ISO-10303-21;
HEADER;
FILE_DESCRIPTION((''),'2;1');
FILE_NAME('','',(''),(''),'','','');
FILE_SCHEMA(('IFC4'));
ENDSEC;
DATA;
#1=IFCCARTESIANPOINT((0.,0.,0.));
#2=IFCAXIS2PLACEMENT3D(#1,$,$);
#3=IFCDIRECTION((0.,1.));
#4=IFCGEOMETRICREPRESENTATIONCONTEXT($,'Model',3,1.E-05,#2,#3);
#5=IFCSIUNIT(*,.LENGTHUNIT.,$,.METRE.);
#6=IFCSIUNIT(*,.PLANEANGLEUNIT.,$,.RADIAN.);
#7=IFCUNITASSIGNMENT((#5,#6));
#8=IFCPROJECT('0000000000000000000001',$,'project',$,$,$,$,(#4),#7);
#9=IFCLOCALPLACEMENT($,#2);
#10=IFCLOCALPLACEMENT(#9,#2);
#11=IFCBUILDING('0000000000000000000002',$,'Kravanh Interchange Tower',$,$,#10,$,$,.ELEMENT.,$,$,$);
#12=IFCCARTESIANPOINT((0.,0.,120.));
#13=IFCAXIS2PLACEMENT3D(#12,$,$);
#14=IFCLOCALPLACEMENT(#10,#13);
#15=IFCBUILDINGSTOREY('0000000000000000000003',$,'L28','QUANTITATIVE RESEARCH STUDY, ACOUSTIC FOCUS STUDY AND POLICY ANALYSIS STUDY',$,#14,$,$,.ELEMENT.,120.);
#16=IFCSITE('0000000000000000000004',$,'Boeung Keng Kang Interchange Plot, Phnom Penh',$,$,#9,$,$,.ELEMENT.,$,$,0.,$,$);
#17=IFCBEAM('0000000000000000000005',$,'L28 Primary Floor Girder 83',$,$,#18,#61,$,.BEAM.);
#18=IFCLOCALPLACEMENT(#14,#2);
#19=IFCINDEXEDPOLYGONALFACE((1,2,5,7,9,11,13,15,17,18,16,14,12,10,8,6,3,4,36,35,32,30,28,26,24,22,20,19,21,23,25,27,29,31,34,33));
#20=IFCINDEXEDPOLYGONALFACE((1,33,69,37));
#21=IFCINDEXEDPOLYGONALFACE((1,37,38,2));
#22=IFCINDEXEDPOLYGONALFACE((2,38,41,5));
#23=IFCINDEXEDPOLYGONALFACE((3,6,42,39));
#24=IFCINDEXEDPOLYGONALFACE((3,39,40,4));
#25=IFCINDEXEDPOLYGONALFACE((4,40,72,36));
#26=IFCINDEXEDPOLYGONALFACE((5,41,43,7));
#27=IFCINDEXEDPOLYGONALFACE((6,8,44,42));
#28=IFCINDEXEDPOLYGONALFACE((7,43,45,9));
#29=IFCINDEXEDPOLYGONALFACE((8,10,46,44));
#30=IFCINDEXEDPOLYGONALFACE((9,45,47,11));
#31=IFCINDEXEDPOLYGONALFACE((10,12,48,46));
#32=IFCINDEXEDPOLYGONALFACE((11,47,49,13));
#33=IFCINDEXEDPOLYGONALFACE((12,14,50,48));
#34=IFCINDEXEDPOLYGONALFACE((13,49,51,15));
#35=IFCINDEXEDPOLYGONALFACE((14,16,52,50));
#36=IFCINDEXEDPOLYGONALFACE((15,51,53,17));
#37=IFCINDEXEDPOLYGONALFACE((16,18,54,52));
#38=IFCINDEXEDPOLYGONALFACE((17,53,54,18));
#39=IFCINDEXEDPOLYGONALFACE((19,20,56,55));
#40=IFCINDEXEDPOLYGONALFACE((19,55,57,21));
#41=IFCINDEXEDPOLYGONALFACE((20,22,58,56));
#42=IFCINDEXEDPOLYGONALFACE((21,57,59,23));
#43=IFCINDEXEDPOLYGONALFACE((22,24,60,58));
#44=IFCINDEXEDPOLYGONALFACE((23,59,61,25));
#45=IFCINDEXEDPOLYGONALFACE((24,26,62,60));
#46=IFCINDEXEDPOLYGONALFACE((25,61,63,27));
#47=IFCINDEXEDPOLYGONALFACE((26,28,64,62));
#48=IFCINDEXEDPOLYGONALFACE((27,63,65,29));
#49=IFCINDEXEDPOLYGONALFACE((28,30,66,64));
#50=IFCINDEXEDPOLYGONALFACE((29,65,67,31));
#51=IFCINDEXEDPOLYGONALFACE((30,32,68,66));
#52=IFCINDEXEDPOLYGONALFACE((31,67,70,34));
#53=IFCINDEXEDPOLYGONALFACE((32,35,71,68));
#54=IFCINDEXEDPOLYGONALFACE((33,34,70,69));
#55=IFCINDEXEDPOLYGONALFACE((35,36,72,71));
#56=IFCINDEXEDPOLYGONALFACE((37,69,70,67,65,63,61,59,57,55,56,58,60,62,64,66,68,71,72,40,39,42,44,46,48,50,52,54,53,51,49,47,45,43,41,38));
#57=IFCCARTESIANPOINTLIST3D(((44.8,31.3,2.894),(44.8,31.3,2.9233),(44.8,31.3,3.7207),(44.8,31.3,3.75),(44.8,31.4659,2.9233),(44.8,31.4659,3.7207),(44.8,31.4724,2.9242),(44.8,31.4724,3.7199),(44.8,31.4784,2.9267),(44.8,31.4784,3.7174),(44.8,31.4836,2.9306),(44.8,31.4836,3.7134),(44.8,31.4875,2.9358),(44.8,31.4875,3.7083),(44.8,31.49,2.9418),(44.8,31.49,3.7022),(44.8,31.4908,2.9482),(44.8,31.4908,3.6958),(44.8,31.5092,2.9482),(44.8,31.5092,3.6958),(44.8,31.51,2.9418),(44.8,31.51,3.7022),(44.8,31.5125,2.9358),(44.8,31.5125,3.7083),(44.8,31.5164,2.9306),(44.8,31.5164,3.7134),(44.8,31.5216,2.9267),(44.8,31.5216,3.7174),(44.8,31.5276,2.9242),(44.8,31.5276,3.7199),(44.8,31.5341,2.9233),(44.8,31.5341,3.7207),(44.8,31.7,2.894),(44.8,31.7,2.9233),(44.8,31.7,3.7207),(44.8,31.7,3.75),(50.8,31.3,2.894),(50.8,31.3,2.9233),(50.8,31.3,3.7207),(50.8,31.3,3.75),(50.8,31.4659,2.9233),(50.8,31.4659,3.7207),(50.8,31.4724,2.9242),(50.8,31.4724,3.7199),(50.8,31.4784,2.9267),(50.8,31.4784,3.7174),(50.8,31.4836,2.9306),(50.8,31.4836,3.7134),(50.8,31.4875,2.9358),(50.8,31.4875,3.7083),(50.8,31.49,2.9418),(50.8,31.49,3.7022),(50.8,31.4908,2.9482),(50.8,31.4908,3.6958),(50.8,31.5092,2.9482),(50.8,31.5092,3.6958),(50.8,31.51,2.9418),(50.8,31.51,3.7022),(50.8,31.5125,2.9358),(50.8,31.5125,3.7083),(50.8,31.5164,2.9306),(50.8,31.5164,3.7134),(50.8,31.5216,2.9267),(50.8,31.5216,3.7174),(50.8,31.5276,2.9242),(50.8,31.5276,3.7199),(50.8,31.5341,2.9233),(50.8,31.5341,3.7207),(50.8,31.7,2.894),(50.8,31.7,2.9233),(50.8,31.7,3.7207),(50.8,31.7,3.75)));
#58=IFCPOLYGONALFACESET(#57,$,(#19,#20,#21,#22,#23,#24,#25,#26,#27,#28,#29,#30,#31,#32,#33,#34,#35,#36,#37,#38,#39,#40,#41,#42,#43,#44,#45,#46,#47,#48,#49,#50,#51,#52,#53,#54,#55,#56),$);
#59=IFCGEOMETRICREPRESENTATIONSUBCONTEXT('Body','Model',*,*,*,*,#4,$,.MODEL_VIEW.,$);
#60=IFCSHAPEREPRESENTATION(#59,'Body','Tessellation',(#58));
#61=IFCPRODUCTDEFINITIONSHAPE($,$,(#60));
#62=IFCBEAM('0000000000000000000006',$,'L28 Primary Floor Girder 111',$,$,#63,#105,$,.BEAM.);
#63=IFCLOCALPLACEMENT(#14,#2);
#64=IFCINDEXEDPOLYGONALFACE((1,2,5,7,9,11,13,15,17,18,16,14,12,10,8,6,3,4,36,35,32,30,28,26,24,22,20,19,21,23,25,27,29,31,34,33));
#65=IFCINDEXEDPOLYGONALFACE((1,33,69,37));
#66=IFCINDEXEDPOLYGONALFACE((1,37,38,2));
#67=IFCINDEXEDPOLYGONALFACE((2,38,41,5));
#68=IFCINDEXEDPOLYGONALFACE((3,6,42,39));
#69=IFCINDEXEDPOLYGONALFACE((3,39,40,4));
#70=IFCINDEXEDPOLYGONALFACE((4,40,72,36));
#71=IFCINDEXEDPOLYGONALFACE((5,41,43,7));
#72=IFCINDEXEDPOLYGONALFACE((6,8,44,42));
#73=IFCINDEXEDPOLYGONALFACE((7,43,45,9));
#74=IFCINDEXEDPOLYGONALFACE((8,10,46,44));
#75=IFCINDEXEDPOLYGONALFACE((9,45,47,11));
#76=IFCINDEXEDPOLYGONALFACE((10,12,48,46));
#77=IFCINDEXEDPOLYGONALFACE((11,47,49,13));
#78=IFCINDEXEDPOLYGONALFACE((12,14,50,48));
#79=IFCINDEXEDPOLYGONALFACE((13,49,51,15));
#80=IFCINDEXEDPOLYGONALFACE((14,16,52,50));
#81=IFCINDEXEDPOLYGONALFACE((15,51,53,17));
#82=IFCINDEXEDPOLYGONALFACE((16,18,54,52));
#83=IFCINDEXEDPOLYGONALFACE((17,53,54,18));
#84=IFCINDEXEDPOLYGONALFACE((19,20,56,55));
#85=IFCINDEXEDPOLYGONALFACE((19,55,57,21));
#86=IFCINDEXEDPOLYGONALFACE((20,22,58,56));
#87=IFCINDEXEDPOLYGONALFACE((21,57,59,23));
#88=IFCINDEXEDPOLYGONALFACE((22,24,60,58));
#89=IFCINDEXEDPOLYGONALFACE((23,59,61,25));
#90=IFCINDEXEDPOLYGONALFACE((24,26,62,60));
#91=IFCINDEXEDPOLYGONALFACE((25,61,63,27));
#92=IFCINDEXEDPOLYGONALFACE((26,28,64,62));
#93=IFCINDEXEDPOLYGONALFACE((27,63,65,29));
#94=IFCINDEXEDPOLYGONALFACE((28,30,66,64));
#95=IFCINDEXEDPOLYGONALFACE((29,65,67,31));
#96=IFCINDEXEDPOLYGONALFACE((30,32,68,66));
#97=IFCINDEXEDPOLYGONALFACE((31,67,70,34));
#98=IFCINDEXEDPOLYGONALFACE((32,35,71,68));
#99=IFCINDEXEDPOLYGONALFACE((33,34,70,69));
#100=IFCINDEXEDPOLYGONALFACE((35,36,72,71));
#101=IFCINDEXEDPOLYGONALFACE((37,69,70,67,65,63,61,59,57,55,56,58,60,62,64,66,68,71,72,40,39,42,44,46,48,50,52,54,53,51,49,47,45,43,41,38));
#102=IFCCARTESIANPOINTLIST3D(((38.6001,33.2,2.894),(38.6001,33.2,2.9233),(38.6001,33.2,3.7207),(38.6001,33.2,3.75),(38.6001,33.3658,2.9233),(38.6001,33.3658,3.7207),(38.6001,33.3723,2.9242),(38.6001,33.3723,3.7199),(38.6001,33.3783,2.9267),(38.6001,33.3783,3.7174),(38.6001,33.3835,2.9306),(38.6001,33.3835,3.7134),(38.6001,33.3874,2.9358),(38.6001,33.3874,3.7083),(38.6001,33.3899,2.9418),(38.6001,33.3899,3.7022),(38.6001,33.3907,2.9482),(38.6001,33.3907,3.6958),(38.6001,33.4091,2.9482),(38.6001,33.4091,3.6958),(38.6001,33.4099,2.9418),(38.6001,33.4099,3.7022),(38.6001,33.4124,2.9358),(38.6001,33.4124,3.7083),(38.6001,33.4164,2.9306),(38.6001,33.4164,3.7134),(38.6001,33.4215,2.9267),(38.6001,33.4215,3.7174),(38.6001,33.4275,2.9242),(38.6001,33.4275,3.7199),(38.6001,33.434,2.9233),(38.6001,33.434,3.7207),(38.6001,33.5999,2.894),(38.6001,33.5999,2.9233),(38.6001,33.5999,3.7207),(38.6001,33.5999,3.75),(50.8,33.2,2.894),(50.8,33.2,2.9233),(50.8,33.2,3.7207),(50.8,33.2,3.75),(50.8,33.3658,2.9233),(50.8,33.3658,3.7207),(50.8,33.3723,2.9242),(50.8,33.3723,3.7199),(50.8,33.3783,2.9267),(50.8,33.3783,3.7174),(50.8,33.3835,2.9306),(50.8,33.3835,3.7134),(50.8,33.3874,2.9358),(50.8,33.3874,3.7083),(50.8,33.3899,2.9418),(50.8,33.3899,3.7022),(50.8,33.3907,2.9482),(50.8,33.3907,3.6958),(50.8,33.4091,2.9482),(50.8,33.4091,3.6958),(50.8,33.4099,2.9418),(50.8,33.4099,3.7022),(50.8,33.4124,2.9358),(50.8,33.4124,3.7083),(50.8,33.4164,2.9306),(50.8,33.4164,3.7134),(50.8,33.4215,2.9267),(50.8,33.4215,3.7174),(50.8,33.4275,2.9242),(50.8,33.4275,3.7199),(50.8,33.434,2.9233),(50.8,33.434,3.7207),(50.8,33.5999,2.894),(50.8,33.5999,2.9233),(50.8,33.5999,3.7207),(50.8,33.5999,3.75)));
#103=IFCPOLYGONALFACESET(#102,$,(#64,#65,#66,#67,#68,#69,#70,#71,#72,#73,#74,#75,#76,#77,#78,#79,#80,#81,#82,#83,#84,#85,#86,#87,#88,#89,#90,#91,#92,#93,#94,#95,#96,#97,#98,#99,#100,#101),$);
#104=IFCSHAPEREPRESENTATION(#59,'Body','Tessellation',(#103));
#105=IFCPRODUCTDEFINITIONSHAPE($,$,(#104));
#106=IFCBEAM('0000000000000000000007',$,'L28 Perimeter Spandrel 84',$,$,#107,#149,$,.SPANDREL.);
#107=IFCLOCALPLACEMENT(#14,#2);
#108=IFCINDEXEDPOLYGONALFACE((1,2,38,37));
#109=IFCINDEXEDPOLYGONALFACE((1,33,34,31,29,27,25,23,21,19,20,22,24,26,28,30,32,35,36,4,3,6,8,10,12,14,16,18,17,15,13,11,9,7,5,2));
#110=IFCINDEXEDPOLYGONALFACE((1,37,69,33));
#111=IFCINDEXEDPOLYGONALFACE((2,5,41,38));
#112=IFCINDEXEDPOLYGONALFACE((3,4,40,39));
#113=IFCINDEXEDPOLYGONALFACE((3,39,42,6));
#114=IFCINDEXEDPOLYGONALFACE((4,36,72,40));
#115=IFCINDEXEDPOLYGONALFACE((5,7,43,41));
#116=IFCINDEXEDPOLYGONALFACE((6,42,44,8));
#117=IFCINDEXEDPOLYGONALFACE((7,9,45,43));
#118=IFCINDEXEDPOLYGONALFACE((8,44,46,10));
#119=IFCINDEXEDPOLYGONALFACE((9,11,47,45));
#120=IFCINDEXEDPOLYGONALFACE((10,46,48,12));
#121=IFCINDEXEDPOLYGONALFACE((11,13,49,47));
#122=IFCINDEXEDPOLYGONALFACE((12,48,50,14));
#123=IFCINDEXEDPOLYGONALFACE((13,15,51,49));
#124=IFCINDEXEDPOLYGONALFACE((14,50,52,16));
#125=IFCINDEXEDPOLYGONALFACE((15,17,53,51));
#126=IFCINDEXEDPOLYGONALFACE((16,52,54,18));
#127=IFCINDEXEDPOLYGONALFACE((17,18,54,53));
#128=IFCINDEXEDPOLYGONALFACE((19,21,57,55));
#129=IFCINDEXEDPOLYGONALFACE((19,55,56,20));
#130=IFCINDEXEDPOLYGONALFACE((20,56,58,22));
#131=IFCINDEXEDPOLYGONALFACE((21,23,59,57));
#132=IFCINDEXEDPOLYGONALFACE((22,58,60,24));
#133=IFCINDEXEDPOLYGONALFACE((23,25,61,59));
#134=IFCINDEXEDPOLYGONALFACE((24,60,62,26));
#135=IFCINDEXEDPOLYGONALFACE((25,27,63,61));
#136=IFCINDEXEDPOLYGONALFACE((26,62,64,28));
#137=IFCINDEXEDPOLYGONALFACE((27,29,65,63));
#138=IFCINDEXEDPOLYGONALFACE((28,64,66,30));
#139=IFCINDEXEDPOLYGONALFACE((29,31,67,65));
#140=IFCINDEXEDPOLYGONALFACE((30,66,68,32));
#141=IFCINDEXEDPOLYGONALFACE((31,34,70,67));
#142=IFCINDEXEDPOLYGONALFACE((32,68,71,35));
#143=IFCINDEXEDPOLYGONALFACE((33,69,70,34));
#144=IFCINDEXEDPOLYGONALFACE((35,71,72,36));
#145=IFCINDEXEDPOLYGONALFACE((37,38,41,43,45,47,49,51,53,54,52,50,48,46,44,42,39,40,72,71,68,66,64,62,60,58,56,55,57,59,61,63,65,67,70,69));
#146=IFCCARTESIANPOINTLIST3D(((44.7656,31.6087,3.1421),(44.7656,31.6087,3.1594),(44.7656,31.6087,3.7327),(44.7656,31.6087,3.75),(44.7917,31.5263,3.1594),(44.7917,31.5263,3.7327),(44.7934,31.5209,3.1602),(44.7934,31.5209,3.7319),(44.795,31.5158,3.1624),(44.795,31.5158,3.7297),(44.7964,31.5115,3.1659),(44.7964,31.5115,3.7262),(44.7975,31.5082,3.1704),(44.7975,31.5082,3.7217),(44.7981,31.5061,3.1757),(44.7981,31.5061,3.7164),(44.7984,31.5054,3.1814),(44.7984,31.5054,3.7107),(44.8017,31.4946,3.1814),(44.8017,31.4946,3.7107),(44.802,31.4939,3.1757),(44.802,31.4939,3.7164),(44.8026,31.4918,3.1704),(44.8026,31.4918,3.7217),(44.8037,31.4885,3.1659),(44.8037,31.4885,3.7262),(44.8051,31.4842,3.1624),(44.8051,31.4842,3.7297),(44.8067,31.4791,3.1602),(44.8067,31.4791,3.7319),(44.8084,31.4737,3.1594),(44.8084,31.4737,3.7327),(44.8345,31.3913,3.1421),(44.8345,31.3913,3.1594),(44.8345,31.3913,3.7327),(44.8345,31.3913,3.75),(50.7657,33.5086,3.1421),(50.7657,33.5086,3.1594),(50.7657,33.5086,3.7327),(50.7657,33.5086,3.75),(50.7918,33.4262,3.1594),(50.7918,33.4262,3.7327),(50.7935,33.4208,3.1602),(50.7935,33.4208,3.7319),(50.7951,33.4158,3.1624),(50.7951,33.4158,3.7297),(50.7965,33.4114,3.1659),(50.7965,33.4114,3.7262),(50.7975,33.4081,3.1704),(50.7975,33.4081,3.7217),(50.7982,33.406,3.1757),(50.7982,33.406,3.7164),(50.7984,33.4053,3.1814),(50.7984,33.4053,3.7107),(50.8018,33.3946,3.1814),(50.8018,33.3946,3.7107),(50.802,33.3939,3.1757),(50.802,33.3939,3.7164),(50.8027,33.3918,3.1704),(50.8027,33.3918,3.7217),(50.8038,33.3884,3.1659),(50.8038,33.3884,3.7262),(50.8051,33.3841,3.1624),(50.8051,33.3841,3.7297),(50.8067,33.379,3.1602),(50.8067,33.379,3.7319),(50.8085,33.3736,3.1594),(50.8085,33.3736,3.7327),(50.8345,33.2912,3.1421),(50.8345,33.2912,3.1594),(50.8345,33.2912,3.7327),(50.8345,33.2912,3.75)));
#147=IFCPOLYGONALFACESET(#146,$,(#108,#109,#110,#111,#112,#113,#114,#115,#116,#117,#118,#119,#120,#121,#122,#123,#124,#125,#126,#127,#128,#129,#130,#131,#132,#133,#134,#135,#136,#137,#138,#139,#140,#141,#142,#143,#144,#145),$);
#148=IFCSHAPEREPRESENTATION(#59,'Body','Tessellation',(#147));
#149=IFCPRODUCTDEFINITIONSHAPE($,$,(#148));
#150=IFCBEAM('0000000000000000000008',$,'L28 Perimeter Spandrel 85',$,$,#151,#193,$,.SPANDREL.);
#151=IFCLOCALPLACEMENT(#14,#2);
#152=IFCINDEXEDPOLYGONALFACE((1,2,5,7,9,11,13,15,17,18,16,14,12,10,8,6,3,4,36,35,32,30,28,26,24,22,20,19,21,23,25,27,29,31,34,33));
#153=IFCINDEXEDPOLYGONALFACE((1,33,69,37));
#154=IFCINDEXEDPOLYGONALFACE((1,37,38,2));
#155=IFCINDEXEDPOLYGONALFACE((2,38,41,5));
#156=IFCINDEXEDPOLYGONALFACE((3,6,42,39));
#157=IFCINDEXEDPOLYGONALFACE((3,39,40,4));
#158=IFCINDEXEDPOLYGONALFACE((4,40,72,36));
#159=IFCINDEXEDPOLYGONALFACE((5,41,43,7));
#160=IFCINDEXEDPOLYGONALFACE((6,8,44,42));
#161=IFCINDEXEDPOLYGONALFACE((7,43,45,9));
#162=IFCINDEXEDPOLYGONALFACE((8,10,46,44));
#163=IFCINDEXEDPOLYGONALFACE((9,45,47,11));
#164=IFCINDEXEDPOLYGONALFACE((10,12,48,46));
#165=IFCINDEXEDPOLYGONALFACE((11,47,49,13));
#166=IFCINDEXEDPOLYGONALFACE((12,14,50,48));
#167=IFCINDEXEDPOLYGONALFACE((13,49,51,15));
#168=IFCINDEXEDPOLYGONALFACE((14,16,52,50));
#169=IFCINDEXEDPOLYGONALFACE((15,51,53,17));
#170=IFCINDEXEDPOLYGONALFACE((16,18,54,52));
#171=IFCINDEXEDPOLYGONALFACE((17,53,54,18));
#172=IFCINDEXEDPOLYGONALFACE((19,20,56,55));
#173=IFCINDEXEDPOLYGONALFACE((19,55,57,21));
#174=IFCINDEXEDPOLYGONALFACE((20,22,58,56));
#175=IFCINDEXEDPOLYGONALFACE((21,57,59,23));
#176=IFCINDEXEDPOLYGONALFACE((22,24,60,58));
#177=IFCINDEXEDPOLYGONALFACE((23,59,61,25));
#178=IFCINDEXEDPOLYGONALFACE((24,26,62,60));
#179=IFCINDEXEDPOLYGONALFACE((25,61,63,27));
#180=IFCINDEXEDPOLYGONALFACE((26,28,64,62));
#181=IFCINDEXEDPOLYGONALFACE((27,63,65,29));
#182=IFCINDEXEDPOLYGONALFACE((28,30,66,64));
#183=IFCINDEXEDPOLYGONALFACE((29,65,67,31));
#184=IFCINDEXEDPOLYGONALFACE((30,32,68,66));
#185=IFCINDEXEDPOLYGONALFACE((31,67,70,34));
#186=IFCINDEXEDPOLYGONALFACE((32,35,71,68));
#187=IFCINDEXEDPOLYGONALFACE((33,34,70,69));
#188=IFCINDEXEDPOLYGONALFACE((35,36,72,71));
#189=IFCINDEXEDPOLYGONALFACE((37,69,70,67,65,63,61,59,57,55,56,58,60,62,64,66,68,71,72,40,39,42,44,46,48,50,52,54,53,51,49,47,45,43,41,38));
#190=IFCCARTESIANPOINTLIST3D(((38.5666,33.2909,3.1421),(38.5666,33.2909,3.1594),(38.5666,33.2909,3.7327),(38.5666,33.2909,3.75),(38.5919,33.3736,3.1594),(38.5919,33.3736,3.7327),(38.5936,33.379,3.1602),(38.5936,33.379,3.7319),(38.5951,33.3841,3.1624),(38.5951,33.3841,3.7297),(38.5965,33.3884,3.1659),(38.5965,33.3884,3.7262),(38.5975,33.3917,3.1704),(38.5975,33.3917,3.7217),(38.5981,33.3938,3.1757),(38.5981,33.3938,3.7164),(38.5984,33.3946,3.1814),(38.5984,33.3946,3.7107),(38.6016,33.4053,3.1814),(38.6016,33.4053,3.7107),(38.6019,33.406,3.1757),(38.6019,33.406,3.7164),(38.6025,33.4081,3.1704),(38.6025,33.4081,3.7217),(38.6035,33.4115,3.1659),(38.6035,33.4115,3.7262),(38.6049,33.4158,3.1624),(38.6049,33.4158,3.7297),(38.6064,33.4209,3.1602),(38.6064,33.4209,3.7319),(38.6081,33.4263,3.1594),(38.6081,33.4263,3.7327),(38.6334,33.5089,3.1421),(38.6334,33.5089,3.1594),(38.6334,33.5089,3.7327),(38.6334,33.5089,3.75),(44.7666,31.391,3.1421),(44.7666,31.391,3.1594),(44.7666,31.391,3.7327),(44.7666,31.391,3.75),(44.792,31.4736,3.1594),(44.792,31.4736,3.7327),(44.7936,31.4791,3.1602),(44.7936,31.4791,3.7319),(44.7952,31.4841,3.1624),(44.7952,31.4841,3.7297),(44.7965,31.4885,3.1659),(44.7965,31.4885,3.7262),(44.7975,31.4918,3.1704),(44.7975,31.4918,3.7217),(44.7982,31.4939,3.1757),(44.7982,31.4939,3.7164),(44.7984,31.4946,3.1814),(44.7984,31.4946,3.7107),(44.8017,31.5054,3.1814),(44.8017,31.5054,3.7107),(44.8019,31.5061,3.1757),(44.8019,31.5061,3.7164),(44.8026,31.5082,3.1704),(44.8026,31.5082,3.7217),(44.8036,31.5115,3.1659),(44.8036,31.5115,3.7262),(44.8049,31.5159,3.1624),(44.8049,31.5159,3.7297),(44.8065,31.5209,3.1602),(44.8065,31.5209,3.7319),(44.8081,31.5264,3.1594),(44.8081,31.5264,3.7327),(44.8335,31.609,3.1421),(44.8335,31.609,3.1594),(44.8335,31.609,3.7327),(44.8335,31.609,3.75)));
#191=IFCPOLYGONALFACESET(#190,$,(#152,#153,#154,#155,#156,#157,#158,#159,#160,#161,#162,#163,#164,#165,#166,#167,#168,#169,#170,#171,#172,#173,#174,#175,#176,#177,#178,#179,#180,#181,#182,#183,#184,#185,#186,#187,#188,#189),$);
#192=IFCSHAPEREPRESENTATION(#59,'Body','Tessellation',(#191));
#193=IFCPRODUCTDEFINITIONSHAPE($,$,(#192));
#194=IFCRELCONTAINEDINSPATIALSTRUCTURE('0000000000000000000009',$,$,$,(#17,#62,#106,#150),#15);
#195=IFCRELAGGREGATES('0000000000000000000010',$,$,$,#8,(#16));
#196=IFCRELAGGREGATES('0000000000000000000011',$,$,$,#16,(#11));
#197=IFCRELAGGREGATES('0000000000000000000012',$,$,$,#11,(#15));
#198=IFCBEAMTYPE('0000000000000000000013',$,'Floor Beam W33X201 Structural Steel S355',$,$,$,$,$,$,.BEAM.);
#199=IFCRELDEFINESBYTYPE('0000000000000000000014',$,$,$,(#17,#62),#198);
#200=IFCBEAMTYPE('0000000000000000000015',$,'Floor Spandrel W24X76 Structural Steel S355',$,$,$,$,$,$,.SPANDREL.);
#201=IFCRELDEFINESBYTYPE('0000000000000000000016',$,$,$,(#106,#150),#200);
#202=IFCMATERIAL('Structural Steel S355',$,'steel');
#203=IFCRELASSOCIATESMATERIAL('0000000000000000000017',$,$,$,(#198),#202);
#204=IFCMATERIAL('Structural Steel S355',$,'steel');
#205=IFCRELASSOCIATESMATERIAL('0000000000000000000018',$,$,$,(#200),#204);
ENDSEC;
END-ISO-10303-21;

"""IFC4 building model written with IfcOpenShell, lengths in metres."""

from ifc_helpers import new_model, si_unit, direction, frame, origin, origin_2d, place, context, subcontext, project, spatial, i_section, extrude, material, material_profile, profile_set, type_object, element, save


model = new_model("IFC4")

# Units and contexts
model_context = context("Model", 3, precision=1e-05, world=origin(), true_north=direction((0.0, 1.0)))
body_context = subcontext(model_context, "Body", "Model", "MODEL_VIEW")
ifc_project = project(units=[si_unit("LENGTHUNIT", "METRE"), si_unit("PLANEANGLEUNIT", "RADIAN")], contexts=[model_context])

# Site, building, storey
site_placement = place(None, origin())
site = spatial("IfcSite", under=ifc_project, at=site_placement, Name="Boeung Keng Kang Interchange Plot, Phnom Penh", CompositionType="ELEMENT", RefElevation=0.0)
building_placement = place(site_placement, origin())
building = spatial("IfcBuilding", under=site, at=building_placement, Name="Kravanh Interchange Tower", CompositionType="ELEMENT")
storey_placement = place(building_placement, frame((0.0, 0.0, 120.0)))
storey = spatial("IfcBuildingStorey", under=building, at=storey_placement, Name="L28", Description="QUANTITATIVE RESEARCH STUDY, ACOUSTIC FOCUS STUDY AND POLICY ANALYSIS STUDY", CompositionType="ELEMENT", Elevation=120.0)

# Beams
ifc_material_1 = material(Name="Structural Steel S355", Category="steel")
ifc_material_profile_1 = material_profile(ifc_material_1, i_section(OverallWidth=0.3999, OverallDepth=0.856, WebThickness=0.0183, FlangeThickness=0.0293, FilletRadius=0.0249, at=origin_2d()), Name="W33X201")
ifc_profile_set_1 = profile_set([ifc_material_profile_1], Name="Structural Steel S355")
beam_type_1 = type_object("IfcBeamType", Name="Floor Beam W33X201 Structural Steel S355", PredefinedType="BEAM", material=ifc_profile_set_1)
beam_1_placement = place(storey_placement, frame((44.8, 31.5, 3.322), z_axis=(1.0, 0.0, 0.0), x_axis=(0.0, 1.0, 0.0)))
element("IfcBeam", 1, at=beam_1_placement, inside=storey, type_object=beam_type_1, Name="L28 Primary Floor Girder 83", PredefinedType="BEAM", context=body_context, shape_type="SweptSolid", body=[
    extrude(i_section(OverallWidth=0.3999, OverallDepth=0.856, WebThickness=0.0183, FlangeThickness=0.0293, FilletRadius=0.0249, at=origin_2d()), origin(), (0.0, 0.0, 1.0), 6.0),
])
beam_2_placement = place(storey_placement, frame((38.6001, 33.3999, 3.322), z_axis=(1.0, 0.0, 0.0), x_axis=(0.0, 1.0, 0.0)))
element("IfcBeam", 2, at=beam_2_placement, inside=storey, type_object=beam_type_1, Name="L28 Primary Floor Girder 111", PredefinedType="BEAM", context=body_context, shape_type="SweptSolid", body=[
    extrude(i_section(OverallWidth=0.3999, OverallDepth=0.856, WebThickness=0.0183, FlangeThickness=0.0293, FilletRadius=0.0249, at=origin_2d()), origin(), (0.0, 0.0, 1.0), 12.2),
])
ifc_material_2 = material(Name="Structural Steel S355", Category="steel")
ifc_material_profile_2 = material_profile(ifc_material_2, i_section(OverallWidth=0.228, OverallDepth=0.6079, WebThickness=0.0112, FlangeThickness=0.0173, FilletRadius=0.022, at=origin_2d()), Name="W24X76")
ifc_profile_set_2 = profile_set([ifc_material_profile_2], Name="Structural Steel S355")
beam_type_2 = type_object("IfcBeamType", Name="Floor Spandrel W24X76 Structural Steel S355", PredefinedType="SPANDREL", material=ifc_profile_set_2)
beam_3_placement = place(storey_placement, frame((44.8, 31.5, 3.446), z_axis=(0.953347, 0.301878, 0.0), x_axis=(-0.301878, 0.953347, 0.0)))
element("IfcBeam", 3, at=beam_3_placement, inside=storey, type_object=beam_type_2, Name="L28 Perimeter Spandrel 84", PredefinedType="SPANDREL", context=body_context, shape_type="SweptSolid", body=[
    extrude(i_section(OverallWidth=0.228, OverallDepth=0.6079, WebThickness=0.0112, FlangeThickness=0.0173, FilletRadius=0.022, at=origin_2d()), origin(), (0.0, 0.0, 1.0), 6.2937),
])
beam_4_placement = place(storey_placement, frame((44.8, 31.5, 3.446), z_axis=(-0.956115, 0.29299, 0.0), x_axis=(-0.29299, -0.956115, 0.0)))
element("IfcBeam", 4, at=beam_4_placement, inside=storey, type_object=beam_type_2, Name="L28 Perimeter Spandrel 85", PredefinedType="SPANDREL", context=body_context, shape_type="SweptSolid", body=[
    extrude(i_section(OverallWidth=0.228, OverallDepth=0.6079, WebThickness=0.0112, FlangeThickness=0.0173, FilletRadius=0.022, at=origin_2d()), origin(), (0.0, 0.0, 1.0), 6.4846),
])

save(model, "model.ifc")
